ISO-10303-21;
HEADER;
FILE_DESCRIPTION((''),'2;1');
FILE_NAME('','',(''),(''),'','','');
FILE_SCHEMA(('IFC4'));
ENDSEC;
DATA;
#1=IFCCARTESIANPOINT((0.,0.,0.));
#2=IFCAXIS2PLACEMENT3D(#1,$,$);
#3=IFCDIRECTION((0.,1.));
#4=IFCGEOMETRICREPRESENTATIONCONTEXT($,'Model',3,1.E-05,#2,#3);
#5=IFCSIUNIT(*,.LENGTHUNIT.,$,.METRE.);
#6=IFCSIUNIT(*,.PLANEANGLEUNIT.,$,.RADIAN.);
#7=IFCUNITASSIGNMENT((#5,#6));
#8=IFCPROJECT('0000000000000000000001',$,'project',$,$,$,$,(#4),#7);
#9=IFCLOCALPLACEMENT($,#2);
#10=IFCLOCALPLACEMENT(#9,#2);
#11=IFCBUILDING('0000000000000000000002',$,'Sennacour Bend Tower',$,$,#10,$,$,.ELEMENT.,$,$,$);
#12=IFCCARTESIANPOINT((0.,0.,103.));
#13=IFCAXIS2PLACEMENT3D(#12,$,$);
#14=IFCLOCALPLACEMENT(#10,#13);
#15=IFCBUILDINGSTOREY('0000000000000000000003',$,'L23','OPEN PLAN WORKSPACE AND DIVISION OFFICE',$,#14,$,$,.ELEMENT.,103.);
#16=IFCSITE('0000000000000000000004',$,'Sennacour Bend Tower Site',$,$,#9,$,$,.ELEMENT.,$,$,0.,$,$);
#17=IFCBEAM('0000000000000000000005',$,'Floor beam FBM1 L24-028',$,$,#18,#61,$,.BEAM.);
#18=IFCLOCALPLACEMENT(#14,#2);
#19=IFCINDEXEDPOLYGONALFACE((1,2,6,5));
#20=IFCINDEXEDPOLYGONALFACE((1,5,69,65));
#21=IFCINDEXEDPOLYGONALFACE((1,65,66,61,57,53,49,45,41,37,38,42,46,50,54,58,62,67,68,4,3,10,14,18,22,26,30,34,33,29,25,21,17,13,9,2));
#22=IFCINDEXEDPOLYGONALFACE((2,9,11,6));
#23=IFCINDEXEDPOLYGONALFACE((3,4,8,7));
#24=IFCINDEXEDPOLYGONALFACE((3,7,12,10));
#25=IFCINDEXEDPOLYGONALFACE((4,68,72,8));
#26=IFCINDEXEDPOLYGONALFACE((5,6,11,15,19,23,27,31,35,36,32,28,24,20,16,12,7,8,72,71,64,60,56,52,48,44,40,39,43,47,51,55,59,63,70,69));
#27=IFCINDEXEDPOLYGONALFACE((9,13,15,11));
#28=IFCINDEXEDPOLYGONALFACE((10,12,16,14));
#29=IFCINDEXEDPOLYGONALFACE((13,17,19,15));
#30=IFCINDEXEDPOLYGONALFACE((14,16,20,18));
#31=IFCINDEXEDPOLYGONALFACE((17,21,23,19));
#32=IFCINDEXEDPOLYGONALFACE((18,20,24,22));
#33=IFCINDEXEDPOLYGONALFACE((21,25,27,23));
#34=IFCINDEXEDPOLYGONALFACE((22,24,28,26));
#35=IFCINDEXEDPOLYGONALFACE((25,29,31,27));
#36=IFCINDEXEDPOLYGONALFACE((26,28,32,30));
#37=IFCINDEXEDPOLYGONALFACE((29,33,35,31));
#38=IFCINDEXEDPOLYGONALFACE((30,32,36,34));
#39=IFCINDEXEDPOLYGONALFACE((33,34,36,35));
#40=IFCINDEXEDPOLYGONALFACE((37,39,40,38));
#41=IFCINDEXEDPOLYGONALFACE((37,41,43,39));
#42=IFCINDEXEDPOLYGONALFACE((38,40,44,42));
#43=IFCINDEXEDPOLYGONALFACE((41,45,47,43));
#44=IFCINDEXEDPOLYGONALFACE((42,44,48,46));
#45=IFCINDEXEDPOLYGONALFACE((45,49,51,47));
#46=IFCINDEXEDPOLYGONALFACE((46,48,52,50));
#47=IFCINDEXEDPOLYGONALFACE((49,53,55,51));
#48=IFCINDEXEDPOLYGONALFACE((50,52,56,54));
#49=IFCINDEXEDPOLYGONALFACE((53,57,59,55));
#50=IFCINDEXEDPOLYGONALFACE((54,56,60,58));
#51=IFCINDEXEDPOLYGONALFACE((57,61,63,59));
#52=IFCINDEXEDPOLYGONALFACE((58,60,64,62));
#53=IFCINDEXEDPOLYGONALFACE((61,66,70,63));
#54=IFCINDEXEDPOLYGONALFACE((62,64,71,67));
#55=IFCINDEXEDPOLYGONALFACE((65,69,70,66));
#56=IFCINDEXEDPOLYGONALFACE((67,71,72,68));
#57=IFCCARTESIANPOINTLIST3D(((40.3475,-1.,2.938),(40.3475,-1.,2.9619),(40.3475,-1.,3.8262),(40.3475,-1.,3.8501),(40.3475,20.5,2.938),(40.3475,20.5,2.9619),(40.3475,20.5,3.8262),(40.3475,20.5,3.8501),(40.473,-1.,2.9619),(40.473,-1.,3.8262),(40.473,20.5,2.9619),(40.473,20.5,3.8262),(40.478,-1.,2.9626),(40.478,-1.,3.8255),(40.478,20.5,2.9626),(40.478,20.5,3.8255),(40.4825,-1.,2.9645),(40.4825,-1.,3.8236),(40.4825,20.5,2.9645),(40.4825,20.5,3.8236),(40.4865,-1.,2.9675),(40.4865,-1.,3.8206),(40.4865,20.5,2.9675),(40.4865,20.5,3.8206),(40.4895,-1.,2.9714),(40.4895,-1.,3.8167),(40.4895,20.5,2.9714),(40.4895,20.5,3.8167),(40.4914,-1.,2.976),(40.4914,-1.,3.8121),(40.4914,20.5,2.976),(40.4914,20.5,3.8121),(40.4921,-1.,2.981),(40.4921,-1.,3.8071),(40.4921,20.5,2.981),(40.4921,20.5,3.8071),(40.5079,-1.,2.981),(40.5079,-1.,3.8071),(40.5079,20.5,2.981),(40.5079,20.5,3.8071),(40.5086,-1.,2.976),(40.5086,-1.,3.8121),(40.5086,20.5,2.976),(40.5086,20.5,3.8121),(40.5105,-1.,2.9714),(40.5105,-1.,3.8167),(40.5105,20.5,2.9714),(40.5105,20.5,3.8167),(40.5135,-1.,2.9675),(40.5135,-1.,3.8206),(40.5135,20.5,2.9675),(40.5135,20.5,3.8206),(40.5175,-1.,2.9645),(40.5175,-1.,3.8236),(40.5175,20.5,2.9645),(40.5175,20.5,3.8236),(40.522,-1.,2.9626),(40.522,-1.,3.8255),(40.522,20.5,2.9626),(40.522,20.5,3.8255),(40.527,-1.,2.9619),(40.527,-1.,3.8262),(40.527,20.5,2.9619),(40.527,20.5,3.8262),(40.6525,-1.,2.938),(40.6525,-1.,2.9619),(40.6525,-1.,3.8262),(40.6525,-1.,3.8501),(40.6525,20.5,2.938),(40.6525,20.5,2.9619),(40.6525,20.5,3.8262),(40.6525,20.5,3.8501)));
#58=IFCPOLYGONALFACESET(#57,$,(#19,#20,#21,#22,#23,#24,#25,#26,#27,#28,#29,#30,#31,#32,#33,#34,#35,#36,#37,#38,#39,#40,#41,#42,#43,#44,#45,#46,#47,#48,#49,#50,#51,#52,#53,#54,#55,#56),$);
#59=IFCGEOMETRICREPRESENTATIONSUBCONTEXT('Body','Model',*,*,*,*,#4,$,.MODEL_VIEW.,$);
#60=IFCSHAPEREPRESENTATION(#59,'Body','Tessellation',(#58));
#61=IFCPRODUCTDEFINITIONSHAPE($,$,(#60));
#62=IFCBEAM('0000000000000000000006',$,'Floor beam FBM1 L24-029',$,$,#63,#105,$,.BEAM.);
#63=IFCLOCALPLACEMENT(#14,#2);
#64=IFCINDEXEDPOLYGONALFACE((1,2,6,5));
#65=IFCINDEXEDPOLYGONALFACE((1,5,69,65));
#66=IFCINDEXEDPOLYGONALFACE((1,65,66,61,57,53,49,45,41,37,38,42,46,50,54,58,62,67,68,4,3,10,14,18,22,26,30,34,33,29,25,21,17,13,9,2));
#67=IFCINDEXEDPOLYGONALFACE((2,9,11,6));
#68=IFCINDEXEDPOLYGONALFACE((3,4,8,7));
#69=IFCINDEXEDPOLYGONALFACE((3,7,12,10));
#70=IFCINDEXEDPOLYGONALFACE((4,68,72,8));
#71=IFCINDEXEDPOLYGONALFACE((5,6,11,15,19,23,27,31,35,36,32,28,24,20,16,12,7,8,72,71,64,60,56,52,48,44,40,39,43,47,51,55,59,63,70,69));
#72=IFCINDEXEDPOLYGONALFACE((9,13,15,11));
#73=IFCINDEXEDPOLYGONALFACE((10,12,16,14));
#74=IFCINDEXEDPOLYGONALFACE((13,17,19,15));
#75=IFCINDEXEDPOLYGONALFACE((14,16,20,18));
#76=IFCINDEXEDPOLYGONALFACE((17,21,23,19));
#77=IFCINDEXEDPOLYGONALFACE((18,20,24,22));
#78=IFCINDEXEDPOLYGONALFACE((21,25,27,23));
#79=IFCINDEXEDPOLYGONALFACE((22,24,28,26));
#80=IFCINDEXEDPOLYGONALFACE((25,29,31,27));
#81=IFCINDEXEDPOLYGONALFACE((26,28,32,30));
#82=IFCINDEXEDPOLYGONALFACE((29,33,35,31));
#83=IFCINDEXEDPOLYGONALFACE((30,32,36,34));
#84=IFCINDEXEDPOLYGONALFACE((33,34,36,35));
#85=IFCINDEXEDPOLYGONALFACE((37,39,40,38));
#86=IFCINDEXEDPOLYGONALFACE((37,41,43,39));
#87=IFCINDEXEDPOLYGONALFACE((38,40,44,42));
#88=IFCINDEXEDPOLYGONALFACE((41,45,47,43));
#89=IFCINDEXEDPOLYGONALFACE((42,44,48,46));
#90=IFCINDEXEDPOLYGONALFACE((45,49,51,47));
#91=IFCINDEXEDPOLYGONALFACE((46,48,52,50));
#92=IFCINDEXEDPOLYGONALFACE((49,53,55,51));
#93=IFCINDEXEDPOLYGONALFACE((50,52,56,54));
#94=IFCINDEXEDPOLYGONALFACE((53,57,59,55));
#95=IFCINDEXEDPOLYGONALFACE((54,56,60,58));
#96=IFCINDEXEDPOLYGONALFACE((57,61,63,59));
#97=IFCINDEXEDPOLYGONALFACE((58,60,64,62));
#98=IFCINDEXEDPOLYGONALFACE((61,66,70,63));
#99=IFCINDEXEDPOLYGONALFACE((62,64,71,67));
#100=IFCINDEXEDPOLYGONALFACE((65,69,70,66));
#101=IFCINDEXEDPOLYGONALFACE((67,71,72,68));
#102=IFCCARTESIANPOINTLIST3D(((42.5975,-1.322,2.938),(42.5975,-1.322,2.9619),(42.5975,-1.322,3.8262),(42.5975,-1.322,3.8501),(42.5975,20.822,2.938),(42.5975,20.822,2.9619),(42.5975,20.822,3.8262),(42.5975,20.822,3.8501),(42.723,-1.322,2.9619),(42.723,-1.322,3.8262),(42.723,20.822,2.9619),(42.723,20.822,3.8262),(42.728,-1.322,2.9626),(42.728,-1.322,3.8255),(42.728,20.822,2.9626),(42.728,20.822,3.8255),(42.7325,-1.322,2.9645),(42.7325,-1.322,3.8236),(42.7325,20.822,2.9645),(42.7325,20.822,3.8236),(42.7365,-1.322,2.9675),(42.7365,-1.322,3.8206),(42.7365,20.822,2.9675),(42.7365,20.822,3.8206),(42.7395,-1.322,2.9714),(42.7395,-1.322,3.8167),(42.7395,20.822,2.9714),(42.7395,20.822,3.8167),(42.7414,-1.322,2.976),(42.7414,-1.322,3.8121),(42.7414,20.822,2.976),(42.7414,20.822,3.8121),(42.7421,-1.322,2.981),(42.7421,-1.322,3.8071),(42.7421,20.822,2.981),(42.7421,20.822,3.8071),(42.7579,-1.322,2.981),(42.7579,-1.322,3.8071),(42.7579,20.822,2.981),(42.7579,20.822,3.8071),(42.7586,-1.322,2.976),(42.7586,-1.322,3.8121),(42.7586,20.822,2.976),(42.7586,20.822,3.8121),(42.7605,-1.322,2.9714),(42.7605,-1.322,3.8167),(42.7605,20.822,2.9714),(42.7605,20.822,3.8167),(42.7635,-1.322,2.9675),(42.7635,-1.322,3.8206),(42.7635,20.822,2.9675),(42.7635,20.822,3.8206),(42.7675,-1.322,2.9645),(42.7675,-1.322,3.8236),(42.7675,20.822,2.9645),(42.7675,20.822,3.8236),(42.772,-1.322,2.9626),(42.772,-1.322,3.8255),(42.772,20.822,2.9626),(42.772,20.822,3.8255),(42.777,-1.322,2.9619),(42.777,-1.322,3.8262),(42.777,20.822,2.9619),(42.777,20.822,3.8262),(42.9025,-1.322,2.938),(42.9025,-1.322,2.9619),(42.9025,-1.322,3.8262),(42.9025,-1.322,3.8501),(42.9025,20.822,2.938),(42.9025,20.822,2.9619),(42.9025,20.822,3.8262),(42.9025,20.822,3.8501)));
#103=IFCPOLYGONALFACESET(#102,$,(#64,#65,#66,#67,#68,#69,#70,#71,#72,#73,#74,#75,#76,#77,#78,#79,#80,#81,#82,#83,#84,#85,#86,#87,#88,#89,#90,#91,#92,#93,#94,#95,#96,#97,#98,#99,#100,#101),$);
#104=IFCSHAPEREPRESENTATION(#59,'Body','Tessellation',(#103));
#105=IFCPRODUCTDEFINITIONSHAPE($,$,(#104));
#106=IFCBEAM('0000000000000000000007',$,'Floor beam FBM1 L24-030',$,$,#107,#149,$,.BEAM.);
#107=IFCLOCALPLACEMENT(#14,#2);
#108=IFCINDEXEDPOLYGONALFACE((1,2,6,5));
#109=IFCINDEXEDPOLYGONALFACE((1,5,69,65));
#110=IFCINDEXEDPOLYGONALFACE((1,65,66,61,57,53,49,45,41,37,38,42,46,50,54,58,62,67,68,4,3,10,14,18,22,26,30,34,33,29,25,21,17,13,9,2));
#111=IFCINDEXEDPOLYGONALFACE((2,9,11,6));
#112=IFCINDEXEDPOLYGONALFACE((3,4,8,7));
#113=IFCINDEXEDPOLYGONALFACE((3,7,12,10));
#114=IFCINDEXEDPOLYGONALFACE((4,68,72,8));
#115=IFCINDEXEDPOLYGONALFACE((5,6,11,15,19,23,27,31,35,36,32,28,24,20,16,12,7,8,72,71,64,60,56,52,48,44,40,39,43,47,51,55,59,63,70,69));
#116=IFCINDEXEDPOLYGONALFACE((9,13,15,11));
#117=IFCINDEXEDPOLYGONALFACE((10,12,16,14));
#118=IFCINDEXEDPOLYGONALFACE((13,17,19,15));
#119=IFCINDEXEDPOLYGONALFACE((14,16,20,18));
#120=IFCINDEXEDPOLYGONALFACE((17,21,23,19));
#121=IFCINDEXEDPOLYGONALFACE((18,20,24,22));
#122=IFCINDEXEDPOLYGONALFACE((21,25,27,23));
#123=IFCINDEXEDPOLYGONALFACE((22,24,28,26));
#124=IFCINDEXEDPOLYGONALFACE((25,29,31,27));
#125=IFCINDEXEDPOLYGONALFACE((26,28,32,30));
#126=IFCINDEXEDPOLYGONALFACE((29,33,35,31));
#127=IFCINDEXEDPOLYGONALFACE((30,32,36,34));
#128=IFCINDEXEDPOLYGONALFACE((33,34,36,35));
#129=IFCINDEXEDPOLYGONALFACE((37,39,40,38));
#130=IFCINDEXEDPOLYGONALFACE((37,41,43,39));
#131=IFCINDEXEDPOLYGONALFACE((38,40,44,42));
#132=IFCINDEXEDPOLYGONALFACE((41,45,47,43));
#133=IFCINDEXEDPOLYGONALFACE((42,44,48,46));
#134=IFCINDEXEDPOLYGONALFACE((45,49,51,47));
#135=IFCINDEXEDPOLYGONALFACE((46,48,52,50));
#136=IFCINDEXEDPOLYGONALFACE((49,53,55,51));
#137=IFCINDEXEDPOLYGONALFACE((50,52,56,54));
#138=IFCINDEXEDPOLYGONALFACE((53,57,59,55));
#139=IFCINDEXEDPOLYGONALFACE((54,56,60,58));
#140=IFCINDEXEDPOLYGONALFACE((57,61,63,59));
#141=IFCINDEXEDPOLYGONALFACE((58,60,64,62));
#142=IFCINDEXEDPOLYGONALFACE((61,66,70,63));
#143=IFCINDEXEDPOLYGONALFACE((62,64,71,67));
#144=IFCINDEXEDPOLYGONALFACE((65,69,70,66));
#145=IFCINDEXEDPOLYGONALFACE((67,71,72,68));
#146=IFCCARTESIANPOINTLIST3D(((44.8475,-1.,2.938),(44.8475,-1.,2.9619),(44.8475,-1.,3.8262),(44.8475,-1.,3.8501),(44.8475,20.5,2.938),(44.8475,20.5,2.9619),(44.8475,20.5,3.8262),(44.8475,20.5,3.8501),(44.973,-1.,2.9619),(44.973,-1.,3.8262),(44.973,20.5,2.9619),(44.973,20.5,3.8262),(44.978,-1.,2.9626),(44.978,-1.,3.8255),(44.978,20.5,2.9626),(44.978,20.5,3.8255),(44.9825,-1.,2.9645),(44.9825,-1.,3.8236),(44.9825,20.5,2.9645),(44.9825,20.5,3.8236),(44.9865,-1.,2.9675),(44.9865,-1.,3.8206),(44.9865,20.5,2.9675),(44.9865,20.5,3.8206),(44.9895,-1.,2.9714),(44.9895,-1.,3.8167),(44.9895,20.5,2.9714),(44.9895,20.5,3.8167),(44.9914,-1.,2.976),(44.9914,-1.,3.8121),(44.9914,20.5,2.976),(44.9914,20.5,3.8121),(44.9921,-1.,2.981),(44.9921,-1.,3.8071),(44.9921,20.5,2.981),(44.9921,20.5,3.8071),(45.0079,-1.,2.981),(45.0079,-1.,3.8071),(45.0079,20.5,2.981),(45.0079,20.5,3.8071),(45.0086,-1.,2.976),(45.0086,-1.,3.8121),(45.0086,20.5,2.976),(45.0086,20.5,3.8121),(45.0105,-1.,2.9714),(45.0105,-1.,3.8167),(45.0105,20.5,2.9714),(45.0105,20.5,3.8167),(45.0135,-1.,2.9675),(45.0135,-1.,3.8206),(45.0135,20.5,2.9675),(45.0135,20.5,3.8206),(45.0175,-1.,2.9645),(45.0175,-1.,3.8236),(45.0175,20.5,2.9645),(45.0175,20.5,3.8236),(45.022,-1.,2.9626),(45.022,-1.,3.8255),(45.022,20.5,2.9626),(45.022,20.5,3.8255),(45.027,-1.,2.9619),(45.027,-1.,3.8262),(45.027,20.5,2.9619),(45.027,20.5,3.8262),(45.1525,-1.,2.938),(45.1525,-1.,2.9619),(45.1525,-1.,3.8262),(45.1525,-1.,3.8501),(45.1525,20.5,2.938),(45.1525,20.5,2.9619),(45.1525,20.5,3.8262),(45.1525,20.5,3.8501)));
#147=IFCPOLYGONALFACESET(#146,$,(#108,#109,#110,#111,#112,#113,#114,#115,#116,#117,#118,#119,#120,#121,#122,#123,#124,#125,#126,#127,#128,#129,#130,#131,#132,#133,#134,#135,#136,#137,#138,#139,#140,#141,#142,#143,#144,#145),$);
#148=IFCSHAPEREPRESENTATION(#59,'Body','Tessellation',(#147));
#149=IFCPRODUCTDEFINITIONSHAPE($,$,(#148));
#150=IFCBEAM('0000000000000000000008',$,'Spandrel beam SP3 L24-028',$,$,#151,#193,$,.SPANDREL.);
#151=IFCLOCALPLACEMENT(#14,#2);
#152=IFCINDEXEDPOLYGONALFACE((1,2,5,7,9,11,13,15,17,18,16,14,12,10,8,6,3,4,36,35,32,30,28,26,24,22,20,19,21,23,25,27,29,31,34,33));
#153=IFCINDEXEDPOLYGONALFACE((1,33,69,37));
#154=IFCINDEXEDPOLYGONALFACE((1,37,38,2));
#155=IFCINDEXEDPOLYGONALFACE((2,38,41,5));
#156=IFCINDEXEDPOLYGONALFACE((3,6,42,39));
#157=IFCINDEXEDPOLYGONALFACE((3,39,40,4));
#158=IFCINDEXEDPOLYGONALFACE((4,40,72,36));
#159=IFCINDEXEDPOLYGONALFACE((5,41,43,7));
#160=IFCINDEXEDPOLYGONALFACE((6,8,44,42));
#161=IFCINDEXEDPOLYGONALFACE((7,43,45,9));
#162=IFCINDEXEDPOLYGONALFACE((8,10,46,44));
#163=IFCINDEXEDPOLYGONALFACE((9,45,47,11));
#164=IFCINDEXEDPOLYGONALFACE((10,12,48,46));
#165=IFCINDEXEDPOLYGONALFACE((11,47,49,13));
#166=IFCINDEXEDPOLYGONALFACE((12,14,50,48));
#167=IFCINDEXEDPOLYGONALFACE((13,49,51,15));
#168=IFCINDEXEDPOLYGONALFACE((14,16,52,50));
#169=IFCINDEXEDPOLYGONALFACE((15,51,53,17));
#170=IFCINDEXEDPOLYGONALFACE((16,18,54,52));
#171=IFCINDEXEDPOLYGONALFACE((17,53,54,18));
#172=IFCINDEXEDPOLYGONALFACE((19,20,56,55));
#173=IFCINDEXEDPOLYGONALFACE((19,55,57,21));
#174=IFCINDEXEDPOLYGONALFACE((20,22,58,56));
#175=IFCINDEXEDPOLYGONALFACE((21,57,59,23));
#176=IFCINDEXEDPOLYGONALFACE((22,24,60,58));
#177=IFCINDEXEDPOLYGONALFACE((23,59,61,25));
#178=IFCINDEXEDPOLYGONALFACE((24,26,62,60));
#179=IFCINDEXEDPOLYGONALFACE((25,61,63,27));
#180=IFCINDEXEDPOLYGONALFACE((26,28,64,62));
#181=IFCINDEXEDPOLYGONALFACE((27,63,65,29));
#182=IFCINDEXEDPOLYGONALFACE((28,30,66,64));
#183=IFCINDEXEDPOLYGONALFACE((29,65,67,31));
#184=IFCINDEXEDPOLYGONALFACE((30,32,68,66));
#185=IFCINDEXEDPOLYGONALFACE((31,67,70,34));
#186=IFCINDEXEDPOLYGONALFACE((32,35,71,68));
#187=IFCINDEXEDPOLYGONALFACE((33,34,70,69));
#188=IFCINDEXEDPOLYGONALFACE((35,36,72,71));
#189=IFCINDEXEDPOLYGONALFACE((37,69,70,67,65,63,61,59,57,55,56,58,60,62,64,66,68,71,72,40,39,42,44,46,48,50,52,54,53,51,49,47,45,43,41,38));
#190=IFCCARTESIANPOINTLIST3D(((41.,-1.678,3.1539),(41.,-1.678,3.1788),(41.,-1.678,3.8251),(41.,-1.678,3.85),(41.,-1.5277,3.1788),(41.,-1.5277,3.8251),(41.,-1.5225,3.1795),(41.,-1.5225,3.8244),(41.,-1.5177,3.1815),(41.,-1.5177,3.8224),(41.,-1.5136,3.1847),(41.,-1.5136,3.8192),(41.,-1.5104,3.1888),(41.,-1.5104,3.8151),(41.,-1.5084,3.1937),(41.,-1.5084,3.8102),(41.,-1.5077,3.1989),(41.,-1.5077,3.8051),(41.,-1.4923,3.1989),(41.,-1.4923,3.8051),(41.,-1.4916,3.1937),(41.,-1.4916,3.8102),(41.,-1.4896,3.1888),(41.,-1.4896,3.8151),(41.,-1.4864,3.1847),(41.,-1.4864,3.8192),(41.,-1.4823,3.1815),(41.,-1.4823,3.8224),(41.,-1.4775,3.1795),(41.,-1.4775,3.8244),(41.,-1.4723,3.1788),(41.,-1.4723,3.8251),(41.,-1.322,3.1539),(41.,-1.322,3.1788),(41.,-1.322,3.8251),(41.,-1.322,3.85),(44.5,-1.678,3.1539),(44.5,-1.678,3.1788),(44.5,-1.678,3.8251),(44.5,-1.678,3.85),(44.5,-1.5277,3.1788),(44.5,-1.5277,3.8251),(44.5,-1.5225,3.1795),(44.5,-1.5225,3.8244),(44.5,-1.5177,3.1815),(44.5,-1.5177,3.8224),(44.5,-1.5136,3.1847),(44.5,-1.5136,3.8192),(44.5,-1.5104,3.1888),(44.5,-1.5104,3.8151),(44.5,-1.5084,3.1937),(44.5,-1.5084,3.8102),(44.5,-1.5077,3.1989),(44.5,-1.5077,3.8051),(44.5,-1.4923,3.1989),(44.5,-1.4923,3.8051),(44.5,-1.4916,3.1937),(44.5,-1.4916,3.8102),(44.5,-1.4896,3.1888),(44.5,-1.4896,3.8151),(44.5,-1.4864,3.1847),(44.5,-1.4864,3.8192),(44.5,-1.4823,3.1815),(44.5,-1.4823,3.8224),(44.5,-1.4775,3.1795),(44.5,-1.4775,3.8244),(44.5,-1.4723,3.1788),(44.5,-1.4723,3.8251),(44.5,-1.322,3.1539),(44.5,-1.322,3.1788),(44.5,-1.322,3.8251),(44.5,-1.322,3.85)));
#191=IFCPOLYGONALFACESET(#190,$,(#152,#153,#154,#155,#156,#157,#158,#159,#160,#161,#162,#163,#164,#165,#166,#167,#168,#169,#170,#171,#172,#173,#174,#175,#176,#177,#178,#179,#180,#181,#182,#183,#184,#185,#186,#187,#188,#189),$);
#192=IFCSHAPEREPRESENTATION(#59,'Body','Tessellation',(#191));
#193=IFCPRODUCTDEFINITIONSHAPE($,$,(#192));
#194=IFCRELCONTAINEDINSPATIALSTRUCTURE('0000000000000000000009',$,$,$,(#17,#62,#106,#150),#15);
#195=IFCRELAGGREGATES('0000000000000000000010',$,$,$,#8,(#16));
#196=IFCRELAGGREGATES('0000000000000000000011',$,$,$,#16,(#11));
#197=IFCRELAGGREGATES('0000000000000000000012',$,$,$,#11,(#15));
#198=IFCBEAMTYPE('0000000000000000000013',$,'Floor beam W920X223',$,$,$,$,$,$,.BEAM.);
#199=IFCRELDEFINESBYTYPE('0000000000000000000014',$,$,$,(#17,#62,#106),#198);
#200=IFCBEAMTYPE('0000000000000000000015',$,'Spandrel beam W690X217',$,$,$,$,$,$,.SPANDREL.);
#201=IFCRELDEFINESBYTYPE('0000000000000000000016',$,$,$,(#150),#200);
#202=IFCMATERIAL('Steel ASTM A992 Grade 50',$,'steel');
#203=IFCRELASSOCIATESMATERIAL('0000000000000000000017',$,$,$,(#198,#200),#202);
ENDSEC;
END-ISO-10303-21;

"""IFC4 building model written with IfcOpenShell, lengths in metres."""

from ifc_helpers import new_model, si_unit, direction, frame, origin, origin_2d, place, context, subcontext, project, spatial, i_section, extrude, material, material_profile, profile_set, type_object, element, save


model = new_model("IFC4")

# Units and contexts
model_context = context("Model", 3, precision=1e-05, world=origin(), true_north=direction((0.0, 1.0)))
body_context = subcontext(model_context, "Body", "Model", "MODEL_VIEW")
ifc_project = project(units=[si_unit("LENGTHUNIT", "METRE"), si_unit("PLANEANGLEUNIT", "RADIAN")], contexts=[model_context])

# Site, building, storey
site_placement = place(None, origin())
site = spatial("IfcSite", under=ifc_project, at=site_placement, Name="Sennacour Bend Tower Site", CompositionType="ELEMENT", RefElevation=0.0)
building_placement = place(site_placement, origin())
building = spatial("IfcBuilding", under=site, at=building_placement, Name="Sennacour Bend Tower", CompositionType="ELEMENT")
storey_placement = place(building_placement, frame((0.0, 0.0, 103.0)))
storey = spatial("IfcBuildingStorey", under=building, at=storey_placement, Name="L23", Description="OPEN PLAN WORKSPACE AND DIVISION OFFICE", CompositionType="ELEMENT", Elevation=103.0)

# Beams
ifc_material_1 = material(Name="Steel ASTM A992 Grade 50", Category="steel")
ifc_material_profile_1 = material_profile(ifc_material_1, i_section(OverallWidth=0.3049, OverallDepth=0.9121, WebThickness=0.0159, FlangeThickness=0.0239, FilletRadius=0.019, at=origin_2d()), Name="Steel ASTM A992 Grade 50", Category="steel")
ifc_profile_set_1 = profile_set([ifc_material_profile_1], Name="Steel ASTM A992 Grade 50")
beam_type_1 = type_object("IfcBeamType", Name="Floor beam W920X223", PredefinedType="BEAM", material=ifc_profile_set_1)
beam_1_placement = place(storey_placement, frame((40.5, -1.0, 3.394), z_axis=(0.0, 1.0, 0.0), x_axis=(-1.0, 0.0, 0.0)))
element("IfcBeam", 1, at=beam_1_placement, inside=storey, type_object=beam_type_1, Name="Floor beam FBM1 L24-028", PredefinedType="BEAM", context=body_context, shape_type="SweptSolid", body=[
    extrude(i_section(OverallWidth=0.3049, OverallDepth=0.9121, WebThickness=0.0159, FlangeThickness=0.0239, FilletRadius=0.019, at=origin_2d()), origin(), (0.0, 0.0, 1.0), 21.5),
])
beam_2_placement = place(storey_placement, frame((42.75, -1.322, 3.394), z_axis=(0.0, 1.0, 0.0), x_axis=(-1.0, 0.0, 0.0)))
element("IfcBeam", 2, at=beam_2_placement, inside=storey, type_object=beam_type_1, Name="Floor beam FBM1 L24-029", PredefinedType="BEAM", context=body_context, shape_type="SweptSolid", body=[
    extrude(i_section(OverallWidth=0.3049, OverallDepth=0.9121, WebThickness=0.0159, FlangeThickness=0.0239, FilletRadius=0.019, at=origin_2d()), origin(), (0.0, 0.0, 1.0), 22.144),
])
beam_3_placement = place(storey_placement, frame((45.0, -1.0, 3.394), z_axis=(0.0, 1.0, 0.0), x_axis=(-1.0, 0.0, 0.0)))
element("IfcBeam", 3, at=beam_3_placement, inside=storey, type_object=beam_type_1, Name="Floor beam FBM1 L24-030", PredefinedType="BEAM", context=body_context, shape_type="SweptSolid", body=[
    extrude(i_section(OverallWidth=0.3049, OverallDepth=0.9121, WebThickness=0.0159, FlangeThickness=0.0239, FilletRadius=0.019, at=origin_2d()), origin(), (0.0, 0.0, 1.0), 21.5),
])
ifc_material_profile_2 = material_profile(ifc_material_1, i_section(OverallWidth=0.356, OverallDepth=0.696, WebThickness=0.0154, FlangeThickness=0.0249, FilletRadius=0.02, at=origin_2d()), Name="Steel ASTM A992 Grade 50", Category="steel")
ifc_profile_set_2 = profile_set([ifc_material_profile_2], Name="Steel ASTM A992 Grade 50")
beam_type_2 = type_object("IfcBeamType", Name="Spandrel beam W690X217", PredefinedType="SPANDREL", material=ifc_profile_set_2)
for number, where, z_axis, x_axis, name in (
    (4, (44.5, -1.5, 3.502), (-1.0, 0.0, 0.0), (0.0, -1.0, 0.0), "Spandrel beam SP3 L24-028"),
):
    element("IfcBeam", number, at=place(storey_placement, frame(where, z_axis=z_axis, x_axis=x_axis)), inside=storey, type_object=beam_type_2, Name=name, PredefinedType="SPANDREL", context=body_context, shape_type="SweptSolid", body=[
        extrude(i_section(OverallWidth=0.356, OverallDepth=0.696, WebThickness=0.0154, FlangeThickness=0.0249, FilletRadius=0.02, at=origin_2d()), origin(), (0.0, 0.0, 1.0), 3.5),
    ])

save(model, "model.ifc")
